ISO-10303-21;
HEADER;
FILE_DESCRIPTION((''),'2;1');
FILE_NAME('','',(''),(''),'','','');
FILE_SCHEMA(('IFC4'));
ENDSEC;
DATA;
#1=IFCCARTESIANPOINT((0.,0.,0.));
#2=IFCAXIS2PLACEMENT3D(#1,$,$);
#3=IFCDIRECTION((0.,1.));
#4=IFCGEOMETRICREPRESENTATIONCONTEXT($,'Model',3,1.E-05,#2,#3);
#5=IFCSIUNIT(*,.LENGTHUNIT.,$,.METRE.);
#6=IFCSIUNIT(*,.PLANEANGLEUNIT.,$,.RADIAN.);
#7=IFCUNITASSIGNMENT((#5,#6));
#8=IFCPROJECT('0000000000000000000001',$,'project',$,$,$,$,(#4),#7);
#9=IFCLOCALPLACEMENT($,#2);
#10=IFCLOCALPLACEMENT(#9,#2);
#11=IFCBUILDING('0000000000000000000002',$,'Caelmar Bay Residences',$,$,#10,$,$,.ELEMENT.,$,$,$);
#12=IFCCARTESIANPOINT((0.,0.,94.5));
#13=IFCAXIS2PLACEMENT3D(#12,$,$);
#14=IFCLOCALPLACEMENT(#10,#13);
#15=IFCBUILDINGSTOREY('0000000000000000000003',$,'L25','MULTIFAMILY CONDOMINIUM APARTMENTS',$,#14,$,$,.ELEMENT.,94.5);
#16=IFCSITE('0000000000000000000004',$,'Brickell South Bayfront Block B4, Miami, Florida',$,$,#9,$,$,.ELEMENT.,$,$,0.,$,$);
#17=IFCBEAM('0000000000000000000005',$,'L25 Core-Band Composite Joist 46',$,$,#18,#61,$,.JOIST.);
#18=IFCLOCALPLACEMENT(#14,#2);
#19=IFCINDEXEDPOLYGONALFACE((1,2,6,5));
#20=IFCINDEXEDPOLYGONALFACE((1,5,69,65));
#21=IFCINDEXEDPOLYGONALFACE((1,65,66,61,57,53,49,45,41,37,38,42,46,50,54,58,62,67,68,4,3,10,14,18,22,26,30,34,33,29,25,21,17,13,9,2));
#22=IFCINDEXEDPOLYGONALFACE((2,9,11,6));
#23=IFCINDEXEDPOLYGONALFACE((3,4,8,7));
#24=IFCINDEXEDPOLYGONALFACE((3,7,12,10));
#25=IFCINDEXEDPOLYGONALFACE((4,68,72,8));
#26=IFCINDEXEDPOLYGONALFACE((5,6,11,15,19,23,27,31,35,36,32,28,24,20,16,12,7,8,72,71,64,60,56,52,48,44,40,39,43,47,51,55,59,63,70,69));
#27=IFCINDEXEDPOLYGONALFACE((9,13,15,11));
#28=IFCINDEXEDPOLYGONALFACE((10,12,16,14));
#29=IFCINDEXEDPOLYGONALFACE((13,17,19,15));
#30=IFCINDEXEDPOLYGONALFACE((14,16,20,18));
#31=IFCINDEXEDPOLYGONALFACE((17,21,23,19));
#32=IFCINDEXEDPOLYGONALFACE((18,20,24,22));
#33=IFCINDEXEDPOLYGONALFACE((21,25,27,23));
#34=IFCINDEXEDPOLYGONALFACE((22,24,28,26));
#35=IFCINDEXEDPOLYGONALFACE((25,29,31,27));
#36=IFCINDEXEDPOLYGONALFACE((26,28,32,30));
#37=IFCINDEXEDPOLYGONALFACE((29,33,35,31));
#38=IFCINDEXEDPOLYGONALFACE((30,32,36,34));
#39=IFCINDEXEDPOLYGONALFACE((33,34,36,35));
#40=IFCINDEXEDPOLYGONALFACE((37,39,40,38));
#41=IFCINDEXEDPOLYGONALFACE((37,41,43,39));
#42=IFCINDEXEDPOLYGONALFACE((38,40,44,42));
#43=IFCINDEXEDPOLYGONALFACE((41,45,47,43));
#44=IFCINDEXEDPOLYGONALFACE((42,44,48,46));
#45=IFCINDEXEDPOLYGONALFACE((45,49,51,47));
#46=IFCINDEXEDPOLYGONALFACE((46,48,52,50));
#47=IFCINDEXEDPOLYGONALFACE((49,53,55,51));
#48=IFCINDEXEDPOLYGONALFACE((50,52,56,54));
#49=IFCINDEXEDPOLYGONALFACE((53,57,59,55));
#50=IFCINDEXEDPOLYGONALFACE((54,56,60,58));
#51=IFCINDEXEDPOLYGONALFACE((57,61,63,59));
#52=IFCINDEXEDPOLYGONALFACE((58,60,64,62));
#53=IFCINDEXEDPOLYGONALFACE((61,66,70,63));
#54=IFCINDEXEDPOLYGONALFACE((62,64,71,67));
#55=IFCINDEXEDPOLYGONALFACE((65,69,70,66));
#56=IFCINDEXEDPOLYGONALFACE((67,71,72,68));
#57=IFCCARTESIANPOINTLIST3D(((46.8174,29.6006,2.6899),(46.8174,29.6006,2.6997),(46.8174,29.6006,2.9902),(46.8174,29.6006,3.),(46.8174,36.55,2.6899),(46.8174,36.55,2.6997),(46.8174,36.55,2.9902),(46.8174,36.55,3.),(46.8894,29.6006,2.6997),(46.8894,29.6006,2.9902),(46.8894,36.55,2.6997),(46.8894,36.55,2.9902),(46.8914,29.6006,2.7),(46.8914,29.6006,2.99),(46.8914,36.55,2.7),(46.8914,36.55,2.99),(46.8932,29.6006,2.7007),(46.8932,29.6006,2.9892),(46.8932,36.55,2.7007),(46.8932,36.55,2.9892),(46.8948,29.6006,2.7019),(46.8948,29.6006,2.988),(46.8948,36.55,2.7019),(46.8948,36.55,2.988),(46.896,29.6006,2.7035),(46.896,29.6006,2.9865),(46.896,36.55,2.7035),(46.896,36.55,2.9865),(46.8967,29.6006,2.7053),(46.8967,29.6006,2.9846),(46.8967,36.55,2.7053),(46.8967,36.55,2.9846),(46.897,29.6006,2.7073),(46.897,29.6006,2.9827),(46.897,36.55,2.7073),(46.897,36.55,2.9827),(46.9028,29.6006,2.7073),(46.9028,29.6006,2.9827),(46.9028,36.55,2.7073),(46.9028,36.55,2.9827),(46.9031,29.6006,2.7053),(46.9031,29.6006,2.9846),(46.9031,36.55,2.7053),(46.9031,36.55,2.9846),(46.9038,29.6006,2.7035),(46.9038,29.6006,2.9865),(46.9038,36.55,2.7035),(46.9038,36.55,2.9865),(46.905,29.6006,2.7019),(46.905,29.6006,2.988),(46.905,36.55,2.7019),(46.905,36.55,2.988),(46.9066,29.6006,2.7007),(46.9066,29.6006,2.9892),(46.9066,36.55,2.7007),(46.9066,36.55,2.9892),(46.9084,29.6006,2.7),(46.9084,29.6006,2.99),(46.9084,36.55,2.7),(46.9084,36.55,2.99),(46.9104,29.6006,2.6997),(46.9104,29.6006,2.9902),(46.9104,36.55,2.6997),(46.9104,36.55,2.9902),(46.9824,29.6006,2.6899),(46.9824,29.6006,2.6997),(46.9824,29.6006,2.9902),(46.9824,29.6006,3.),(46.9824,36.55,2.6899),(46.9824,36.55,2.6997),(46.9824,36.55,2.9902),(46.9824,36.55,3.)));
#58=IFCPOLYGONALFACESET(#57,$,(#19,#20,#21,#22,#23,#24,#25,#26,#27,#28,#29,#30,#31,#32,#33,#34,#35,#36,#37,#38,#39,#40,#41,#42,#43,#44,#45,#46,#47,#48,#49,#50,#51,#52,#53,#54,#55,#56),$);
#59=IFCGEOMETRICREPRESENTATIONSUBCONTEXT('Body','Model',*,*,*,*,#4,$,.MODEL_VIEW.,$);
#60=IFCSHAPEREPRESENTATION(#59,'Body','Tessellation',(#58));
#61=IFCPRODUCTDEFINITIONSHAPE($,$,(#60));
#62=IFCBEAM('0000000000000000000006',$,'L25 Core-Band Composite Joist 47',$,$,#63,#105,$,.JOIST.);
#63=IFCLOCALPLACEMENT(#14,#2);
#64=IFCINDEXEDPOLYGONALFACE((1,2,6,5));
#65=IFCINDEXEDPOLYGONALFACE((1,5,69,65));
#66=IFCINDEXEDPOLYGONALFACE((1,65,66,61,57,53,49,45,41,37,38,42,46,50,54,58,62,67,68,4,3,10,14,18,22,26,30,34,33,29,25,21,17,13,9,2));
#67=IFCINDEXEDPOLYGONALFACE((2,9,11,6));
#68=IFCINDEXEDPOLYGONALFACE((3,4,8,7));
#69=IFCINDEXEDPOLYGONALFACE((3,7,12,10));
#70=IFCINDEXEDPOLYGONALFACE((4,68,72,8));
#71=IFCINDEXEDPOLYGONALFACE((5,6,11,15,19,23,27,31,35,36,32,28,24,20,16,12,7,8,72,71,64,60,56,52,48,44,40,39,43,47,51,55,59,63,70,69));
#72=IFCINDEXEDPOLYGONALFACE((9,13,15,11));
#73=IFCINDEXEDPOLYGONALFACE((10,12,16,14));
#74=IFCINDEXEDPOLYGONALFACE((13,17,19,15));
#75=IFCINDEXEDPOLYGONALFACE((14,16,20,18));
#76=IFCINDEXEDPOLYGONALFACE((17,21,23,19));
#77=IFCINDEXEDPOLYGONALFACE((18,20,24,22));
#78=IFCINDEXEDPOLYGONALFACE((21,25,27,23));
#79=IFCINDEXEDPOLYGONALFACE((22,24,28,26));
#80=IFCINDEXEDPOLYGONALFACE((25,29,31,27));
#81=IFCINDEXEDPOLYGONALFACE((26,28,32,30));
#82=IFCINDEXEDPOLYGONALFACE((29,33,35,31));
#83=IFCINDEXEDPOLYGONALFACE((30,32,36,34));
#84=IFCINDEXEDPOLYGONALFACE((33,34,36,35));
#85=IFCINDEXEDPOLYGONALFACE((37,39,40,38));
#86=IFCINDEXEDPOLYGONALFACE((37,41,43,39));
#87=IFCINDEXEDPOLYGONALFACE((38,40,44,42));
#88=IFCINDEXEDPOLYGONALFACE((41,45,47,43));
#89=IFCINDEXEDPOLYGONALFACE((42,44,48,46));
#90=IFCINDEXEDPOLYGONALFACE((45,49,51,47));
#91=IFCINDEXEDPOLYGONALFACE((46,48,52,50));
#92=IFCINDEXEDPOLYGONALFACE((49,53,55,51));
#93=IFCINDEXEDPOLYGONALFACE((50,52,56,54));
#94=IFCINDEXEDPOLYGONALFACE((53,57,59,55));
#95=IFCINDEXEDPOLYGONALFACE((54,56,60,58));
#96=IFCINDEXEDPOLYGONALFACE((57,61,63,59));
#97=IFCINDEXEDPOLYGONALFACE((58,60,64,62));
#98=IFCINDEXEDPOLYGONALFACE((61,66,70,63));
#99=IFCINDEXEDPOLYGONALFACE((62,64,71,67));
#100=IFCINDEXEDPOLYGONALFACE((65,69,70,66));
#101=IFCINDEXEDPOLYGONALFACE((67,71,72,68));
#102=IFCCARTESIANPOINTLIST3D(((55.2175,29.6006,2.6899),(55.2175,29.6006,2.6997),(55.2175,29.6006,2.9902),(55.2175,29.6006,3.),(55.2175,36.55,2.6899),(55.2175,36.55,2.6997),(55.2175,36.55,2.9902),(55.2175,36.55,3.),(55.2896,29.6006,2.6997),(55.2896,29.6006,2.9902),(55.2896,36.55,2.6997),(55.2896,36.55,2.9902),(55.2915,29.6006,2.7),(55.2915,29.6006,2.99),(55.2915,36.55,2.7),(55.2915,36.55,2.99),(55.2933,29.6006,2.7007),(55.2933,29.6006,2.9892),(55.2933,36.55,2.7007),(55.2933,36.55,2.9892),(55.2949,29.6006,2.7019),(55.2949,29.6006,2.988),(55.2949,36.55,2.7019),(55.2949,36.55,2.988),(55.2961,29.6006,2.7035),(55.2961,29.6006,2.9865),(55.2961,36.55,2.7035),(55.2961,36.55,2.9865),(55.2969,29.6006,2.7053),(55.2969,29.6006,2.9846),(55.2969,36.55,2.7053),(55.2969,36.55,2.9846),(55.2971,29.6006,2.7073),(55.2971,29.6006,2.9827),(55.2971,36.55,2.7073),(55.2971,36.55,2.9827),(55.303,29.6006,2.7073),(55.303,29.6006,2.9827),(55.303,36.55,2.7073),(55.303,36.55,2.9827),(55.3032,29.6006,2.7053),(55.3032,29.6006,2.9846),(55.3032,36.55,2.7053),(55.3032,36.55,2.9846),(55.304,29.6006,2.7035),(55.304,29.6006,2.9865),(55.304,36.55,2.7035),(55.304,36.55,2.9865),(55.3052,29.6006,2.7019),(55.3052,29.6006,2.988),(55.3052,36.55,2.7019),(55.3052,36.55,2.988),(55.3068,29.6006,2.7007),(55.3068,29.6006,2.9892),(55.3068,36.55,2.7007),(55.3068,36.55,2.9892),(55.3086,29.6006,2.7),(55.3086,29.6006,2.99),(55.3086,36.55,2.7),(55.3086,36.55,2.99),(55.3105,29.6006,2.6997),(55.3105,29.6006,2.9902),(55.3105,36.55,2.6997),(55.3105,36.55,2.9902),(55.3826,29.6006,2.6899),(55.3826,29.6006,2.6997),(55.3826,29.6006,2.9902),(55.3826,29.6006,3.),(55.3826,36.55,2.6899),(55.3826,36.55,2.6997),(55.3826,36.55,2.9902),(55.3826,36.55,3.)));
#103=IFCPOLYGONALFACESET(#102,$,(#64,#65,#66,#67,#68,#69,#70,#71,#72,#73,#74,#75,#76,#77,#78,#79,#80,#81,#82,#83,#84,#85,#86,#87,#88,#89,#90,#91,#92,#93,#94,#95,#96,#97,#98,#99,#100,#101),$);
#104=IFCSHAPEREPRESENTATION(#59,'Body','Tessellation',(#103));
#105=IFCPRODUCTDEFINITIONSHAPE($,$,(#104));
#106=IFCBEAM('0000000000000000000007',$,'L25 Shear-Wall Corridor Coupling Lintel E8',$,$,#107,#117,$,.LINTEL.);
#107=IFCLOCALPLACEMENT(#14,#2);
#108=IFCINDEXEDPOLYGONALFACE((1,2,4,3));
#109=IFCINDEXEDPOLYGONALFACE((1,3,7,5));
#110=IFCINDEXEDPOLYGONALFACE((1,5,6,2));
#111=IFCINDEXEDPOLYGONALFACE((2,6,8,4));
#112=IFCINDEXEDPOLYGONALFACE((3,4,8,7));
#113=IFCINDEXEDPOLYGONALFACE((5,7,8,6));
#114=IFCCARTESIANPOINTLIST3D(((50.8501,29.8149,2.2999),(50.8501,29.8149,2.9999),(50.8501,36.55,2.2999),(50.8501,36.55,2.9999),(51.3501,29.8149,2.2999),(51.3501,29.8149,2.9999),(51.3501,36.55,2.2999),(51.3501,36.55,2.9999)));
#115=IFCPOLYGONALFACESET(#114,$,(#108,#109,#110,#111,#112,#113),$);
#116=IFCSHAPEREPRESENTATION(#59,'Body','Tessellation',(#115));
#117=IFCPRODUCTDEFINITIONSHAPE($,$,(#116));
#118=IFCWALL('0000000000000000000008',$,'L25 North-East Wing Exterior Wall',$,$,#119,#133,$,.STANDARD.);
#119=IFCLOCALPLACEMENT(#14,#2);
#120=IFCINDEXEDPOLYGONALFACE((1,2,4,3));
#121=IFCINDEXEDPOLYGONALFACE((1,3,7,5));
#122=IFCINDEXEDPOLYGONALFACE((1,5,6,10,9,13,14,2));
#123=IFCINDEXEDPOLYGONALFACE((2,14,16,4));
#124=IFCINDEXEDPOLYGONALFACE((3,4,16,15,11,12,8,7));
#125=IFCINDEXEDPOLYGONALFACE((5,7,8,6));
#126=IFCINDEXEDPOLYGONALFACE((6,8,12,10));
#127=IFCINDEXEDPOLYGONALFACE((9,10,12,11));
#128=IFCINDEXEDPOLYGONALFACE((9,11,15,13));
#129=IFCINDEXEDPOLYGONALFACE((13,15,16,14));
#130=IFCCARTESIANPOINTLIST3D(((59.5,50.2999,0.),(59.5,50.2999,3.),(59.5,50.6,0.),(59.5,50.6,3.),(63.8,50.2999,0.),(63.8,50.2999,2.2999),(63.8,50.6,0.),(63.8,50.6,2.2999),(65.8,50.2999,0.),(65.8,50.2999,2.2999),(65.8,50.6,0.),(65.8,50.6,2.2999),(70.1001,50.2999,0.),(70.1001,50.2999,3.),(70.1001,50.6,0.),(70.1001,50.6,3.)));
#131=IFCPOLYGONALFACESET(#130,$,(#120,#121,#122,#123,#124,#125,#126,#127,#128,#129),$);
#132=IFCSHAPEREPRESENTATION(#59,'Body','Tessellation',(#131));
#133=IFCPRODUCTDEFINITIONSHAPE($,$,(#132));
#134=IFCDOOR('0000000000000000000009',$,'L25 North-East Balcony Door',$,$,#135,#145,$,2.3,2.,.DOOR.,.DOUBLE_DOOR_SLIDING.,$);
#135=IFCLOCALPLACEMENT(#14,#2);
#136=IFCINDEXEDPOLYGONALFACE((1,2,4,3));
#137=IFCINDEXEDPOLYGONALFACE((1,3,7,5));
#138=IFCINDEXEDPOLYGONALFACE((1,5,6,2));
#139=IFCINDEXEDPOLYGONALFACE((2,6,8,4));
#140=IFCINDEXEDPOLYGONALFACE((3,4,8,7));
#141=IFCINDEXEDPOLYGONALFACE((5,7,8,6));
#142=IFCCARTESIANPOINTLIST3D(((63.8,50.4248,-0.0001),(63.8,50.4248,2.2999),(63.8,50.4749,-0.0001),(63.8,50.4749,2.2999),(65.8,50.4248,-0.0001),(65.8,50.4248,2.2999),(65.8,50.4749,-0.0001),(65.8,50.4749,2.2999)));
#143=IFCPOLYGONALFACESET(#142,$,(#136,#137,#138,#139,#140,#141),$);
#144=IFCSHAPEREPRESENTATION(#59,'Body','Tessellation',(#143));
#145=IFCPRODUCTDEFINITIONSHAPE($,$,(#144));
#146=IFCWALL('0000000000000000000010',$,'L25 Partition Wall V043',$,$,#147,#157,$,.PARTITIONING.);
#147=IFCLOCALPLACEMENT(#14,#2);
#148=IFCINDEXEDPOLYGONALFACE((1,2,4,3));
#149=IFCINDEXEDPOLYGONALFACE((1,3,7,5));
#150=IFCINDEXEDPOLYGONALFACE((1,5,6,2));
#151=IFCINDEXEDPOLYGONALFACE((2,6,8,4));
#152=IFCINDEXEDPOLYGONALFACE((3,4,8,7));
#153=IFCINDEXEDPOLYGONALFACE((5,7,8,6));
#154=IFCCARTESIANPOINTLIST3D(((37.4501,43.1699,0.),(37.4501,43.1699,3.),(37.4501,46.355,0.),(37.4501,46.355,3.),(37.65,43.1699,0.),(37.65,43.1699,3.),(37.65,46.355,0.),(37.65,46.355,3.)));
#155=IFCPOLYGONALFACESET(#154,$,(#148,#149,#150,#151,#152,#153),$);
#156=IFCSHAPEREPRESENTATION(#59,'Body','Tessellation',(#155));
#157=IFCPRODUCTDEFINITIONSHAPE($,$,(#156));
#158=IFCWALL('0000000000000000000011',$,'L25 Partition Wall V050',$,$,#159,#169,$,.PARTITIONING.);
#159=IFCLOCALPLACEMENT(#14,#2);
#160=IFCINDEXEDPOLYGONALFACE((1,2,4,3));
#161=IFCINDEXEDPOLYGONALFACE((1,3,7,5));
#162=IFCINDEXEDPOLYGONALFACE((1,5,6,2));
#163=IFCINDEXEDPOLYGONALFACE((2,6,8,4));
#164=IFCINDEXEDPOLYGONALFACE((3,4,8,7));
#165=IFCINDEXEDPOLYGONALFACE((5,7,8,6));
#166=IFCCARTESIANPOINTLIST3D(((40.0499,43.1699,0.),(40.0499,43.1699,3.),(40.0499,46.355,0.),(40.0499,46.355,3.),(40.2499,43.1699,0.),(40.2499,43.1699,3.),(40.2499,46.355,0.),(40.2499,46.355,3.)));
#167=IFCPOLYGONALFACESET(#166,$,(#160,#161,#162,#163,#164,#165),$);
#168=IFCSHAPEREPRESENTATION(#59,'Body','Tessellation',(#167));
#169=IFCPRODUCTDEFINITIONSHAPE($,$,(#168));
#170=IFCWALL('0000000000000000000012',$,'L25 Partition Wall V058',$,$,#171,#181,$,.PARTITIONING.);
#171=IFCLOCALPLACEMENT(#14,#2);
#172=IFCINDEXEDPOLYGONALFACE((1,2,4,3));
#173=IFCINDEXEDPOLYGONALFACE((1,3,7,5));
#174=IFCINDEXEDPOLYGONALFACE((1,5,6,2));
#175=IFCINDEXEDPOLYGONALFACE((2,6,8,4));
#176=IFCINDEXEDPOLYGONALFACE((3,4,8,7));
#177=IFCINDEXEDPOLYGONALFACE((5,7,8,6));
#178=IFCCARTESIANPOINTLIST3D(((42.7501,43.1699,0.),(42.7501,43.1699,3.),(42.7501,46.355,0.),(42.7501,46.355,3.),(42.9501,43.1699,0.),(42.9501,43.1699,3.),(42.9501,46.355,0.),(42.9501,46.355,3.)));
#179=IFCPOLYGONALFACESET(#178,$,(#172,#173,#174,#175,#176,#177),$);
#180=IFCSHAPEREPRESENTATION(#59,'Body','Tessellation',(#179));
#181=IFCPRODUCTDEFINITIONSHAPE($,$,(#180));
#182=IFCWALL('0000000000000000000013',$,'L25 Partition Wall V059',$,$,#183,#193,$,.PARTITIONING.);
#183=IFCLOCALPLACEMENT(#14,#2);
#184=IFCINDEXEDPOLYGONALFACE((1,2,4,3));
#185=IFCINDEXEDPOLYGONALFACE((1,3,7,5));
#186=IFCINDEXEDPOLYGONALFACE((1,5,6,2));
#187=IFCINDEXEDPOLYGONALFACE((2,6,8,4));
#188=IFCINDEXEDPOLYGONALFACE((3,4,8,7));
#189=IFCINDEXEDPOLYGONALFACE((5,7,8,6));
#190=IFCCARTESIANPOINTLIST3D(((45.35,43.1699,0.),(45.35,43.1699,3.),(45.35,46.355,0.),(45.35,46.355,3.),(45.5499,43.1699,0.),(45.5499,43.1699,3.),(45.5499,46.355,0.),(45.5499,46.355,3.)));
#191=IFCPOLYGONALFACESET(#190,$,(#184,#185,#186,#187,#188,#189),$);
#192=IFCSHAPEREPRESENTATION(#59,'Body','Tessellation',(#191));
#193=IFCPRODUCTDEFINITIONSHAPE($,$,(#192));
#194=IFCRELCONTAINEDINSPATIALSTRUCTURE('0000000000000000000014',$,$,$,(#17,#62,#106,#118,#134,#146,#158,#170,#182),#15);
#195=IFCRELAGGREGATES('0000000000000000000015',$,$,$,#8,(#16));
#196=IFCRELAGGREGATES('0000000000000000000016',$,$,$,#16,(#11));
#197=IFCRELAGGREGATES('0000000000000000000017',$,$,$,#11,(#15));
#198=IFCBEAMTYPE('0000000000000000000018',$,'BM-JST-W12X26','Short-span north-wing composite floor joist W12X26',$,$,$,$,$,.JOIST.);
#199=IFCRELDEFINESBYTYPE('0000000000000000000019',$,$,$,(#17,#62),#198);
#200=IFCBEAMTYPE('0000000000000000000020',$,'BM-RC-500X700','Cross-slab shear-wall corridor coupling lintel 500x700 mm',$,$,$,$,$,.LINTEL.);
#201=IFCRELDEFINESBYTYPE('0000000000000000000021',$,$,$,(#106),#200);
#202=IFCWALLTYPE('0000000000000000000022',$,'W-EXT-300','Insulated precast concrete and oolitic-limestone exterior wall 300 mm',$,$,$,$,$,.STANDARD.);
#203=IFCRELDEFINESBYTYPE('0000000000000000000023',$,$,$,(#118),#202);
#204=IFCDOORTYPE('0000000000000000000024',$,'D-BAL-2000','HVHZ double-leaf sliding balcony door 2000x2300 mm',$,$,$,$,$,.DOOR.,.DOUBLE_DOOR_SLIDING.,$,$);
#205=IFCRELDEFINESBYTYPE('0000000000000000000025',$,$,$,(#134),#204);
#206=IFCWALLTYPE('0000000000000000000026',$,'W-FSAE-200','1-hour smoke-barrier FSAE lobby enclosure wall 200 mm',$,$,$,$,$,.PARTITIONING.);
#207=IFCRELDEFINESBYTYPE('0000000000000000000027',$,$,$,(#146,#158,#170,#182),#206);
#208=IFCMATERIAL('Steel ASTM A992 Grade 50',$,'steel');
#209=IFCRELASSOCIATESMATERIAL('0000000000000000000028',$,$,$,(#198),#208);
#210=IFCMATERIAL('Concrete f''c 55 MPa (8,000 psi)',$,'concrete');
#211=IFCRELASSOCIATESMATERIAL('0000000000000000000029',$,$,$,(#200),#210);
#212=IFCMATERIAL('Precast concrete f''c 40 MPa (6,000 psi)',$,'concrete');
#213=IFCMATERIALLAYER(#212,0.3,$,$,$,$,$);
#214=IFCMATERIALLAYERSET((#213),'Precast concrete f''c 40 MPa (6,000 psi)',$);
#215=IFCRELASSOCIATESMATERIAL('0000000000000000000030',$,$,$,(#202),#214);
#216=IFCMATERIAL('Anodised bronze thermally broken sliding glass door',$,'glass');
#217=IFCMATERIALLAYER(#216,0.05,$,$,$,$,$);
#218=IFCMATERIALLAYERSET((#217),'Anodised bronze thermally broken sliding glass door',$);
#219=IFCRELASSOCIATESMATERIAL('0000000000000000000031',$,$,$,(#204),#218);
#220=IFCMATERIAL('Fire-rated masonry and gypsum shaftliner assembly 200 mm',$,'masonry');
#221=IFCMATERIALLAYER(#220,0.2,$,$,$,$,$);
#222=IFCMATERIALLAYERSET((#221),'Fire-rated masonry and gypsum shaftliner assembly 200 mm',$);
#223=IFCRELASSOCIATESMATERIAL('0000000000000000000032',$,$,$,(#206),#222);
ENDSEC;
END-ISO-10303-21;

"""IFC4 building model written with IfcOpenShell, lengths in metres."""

from ifc_helpers import new_model, si_unit, direction, frame, frame_2d, origin, origin_2d, place, context, subcontext, project, spatial, rectangle, i_section, extrude, material, layer, layer_set, material_profile, profile_set, type_object, element, fill, save


model = new_model("IFC4")

# Units and contexts
model_context = context("Model", 3, precision=1e-05, world=origin(), true_north=direction((0.0, 1.0)))
body_context = subcontext(model_context, "Body", "Model", "MODEL_VIEW")
ifc_project = project(units=[si_unit("LENGTHUNIT", "METRE"), si_unit("PLANEANGLEUNIT", "RADIAN")], contexts=[model_context])

# Site, building, storey
site_placement = place(None, origin())
site = spatial("IfcSite", under=ifc_project, at=site_placement, Name="Brickell South Bayfront Block B4, Miami, Florida", CompositionType="ELEMENT", RefElevation=0.0)
building_placement = place(site_placement, origin())
building = spatial("IfcBuilding", under=site, at=building_placement, Name="Caelmar Bay Residences", CompositionType="ELEMENT")
storey_placement = place(building_placement, frame((0.0, 0.0, 94.5)))
storey = spatial("IfcBuildingStorey", under=building, at=storey_placement, Name="L25", Description="MULTIFAMILY CONDOMINIUM APARTMENTS", CompositionType="ELEMENT", Elevation=94.5)

# Beams
ifc_material_1 = material(Name="Steel ASTM A992 Grade 50", Category="steel")
ifc_material_profile_1 = material_profile(ifc_material_1, i_section(OverallWidth=0.165, OverallDepth=0.3101, WebThickness=0.0059, FlangeThickness=0.0098, FilletRadius=0.0076, at=origin_2d()), Name="W12X26")
ifc_profile_set_1 = profile_set([ifc_material_profile_1], Name="Steel ASTM A992 Grade 50")
beam_type_1 = type_object("IfcBeamType", Name="BM-JST-W12X26", Description="Short-span north-wing composite floor joist W12X26", PredefinedType="JOIST", material=ifc_profile_set_1)
for number, where, z_axis, x_axis, name in (
    (1, (46.8999, 29.6006, 2.845), (0.0, 1.0, 0.0), (-1.0, 0.0, 0.0), "L25 Core-Band Composite Joist 46"),
    (2, (55.3, 29.6006, 2.845), (0.0, 1.0, 0.0), (-1.0, 0.0, 0.0), "L25 Core-Band Composite Joist 47"),
):
    element("IfcBeam", number, at=place(storey_placement, frame(where, z_axis=z_axis, x_axis=x_axis)), inside=storey, type_object=beam_type_1, Name=name, PredefinedType="JOIST", context=body_context, shape_type="SweptSolid", body=[
        extrude(i_section(OverallWidth=0.165, OverallDepth=0.3101, WebThickness=0.0059, FlangeThickness=0.0098, FilletRadius=0.0076, at=origin_2d()), origin(), (0.0, 0.0, 1.0), 6.9495),
    ])
ifc_material_2 = material(Name="Concrete f'c 55 MPa (8,000 psi)", Category="concrete")
ifc_material_profile_2 = material_profile(ifc_material_2, rectangle(XDim=0.5, YDim=0.7, at=origin_2d()), Name="RC-BM-500X700")
ifc_profile_set_2 = profile_set([ifc_material_profile_2], Name="Concrete f'c 55 MPa (8,000 psi)")
beam_type_2 = type_object("IfcBeamType", Name="BM-RC-500X700", Description="Cross-slab shear-wall corridor coupling lintel 500x700 mm", PredefinedType="LINTEL", material=ifc_profile_set_2)
beam_placement = place(storey_placement, frame((51.1001, 29.8149, 2.6499), z_axis=(0.0, 1.0, 0.0), x_axis=(-1.0, 0.0, 0.0)))
element("IfcBeam", 3, at=beam_placement, inside=storey, type_object=beam_type_2, Name="L25 Shear-Wall Corridor Coupling Lintel E8", PredefinedType="LINTEL", context=body_context, shape_type="SweptSolid", body=[
    extrude(rectangle(XDim=0.5, YDim=0.7, at=origin_2d()), origin(), (0.0, 0.0, 1.0), 6.7351),
])

# Wall, opening, door
ifc_material_3 = material(Name="Precast concrete f'c 40 MPa (6,000 psi)", Category="concrete")
ifc_layer_1 = layer(ifc_material_3, 0.3)
ifc_layer_set_1 = layer_set([ifc_layer_1], Name="Precast concrete f'c 40 MPa (6,000 psi)")
wall_type_1 = type_object("IfcWallType", Name="W-EXT-300", Description="Insulated precast concrete and oolitic-limestone exterior wall 300 mm", PredefinedType="STANDARD", material=ifc_layer_set_1)
wall_1_placement = place(storey_placement, frame((59.5, 50.45, 0.0), z_axis=(0.0, 0.0, 1.0), x_axis=(1.0, 0.0, 0.0)))
wall_1 = element("IfcWall", 4, at=wall_1_placement, inside=storey, type_object=wall_type_1, Name="L25 North-East Wing Exterior Wall", PredefinedType="STANDARD", context=body_context, shape_type="SweptSolid", body=[
    extrude(rectangle(XDim=10.6001, YDim=0.3, at=frame_2d((5.3, 0.0))), origin(), (0.0, 0.0, 1.0), 3.0),
])
opening_1_placement = place(wall_1_placement, frame((4.3, 0.0, 0.0)))
opening_1 = element("IfcOpeningElement", 5, at=opening_1_placement, cuts=wall_1, PredefinedType="OPENING", context=body_context, shape_type="SweptSolid", body=[
    extrude(rectangle(XDim=2.0, YDim=2.3, at=frame_2d((1.0, 1.1499))), frame((0.0, 0.1599, 0.0), z_axis=(0.0, -1.0, 0.0), x_axis=(1.0, 0.0, 0.0)), (0.0, 0.0, 1.0), 0.3201),
])
ifc_material_4 = material(Name="Anodised bronze thermally broken sliding glass door", Category="glass")
ifc_layer_2 = layer(ifc_material_4, 0.05)
ifc_layer_set_2 = layer_set([ifc_layer_2], Name="Anodised bronze thermally broken sliding glass door")
door_type_1 = type_object("IfcDoorType", Name="D-BAL-2000", Description="HVHZ double-leaf sliding balcony door 2000x2300 mm", OperationType="DOUBLE_DOOR_SLIDING", PredefinedType="DOOR", material=ifc_layer_set_2)
door_1_placement = place(opening_1_placement, origin())
door_1 = element("IfcDoor", 6, at=door_1_placement, inside=storey, type_object=door_type_1, Name="L25 North-East Balcony Door", OperationType="DOUBLE_DOOR_SLIDING", OverallHeight=2.3, OverallWidth=2.0, PredefinedType="DOOR", context=body_context, shape_type="SweptSolid", body=[
    extrude(rectangle(XDim=2.0, YDim=2.3, at=frame_2d((1.0, 1.1499))), frame((0.0, 0.0249, 0.0), z_axis=(0.0, -1.0, 0.0), x_axis=(1.0, 0.0, 0.0)), (0.0, 0.0, 1.0), 0.05),
])
fill(opening_1, door_1)

# Walls
ifc_material_5 = material(Name="Fire-rated masonry and gypsum shaftliner assembly 200 mm", Category="masonry")
ifc_layer_3 = layer(ifc_material_5, 0.2)
ifc_layer_set_3 = layer_set([ifc_layer_3], Name="Fire-rated masonry and gypsum shaftliner assembly 200 mm")
wall_type_2 = type_object("IfcWallType", Name="W-FSAE-200", Description="1-hour smoke-barrier FSAE lobby enclosure wall 200 mm", PredefinedType="PARTITIONING", material=ifc_layer_set_3)
for number, where, z_axis, x_axis, name in (
    (7, (37.55, 43.1699, 0.0), (0.0, 0.0, 1.0), (0.0, 1.0, 0.0), "L25 Partition Wall V043"),
    (8, (40.1499, 43.1699, 0.0), (0.0, 0.0, 1.0), (0.0, 1.0, 0.0), "L25 Partition Wall V050"),
    (9, (42.8501, 43.1699, 0.0), (0.0, 0.0, 1.0), (0.0, 1.0, 0.0), "L25 Partition Wall V058"),
    (10, (45.45, 43.1699, 0.0), (0.0, 0.0, 1.0), (0.0, 1.0, 0.0), "L25 Partition Wall V059"),
):
    element("IfcWall", number, at=place(storey_placement, frame(where, z_axis=z_axis, x_axis=x_axis)), inside=storey, type_object=wall_type_2, Name=name, PredefinedType="PARTITIONING", context=body_context, shape_type="SweptSolid", body=[
        extrude(rectangle(XDim=3.1851, YDim=0.2, at=frame_2d((1.5925, 0.0))), origin(), (0.0, 0.0, 1.0), 3.0),
    ])

save(model, "model.ifc")
